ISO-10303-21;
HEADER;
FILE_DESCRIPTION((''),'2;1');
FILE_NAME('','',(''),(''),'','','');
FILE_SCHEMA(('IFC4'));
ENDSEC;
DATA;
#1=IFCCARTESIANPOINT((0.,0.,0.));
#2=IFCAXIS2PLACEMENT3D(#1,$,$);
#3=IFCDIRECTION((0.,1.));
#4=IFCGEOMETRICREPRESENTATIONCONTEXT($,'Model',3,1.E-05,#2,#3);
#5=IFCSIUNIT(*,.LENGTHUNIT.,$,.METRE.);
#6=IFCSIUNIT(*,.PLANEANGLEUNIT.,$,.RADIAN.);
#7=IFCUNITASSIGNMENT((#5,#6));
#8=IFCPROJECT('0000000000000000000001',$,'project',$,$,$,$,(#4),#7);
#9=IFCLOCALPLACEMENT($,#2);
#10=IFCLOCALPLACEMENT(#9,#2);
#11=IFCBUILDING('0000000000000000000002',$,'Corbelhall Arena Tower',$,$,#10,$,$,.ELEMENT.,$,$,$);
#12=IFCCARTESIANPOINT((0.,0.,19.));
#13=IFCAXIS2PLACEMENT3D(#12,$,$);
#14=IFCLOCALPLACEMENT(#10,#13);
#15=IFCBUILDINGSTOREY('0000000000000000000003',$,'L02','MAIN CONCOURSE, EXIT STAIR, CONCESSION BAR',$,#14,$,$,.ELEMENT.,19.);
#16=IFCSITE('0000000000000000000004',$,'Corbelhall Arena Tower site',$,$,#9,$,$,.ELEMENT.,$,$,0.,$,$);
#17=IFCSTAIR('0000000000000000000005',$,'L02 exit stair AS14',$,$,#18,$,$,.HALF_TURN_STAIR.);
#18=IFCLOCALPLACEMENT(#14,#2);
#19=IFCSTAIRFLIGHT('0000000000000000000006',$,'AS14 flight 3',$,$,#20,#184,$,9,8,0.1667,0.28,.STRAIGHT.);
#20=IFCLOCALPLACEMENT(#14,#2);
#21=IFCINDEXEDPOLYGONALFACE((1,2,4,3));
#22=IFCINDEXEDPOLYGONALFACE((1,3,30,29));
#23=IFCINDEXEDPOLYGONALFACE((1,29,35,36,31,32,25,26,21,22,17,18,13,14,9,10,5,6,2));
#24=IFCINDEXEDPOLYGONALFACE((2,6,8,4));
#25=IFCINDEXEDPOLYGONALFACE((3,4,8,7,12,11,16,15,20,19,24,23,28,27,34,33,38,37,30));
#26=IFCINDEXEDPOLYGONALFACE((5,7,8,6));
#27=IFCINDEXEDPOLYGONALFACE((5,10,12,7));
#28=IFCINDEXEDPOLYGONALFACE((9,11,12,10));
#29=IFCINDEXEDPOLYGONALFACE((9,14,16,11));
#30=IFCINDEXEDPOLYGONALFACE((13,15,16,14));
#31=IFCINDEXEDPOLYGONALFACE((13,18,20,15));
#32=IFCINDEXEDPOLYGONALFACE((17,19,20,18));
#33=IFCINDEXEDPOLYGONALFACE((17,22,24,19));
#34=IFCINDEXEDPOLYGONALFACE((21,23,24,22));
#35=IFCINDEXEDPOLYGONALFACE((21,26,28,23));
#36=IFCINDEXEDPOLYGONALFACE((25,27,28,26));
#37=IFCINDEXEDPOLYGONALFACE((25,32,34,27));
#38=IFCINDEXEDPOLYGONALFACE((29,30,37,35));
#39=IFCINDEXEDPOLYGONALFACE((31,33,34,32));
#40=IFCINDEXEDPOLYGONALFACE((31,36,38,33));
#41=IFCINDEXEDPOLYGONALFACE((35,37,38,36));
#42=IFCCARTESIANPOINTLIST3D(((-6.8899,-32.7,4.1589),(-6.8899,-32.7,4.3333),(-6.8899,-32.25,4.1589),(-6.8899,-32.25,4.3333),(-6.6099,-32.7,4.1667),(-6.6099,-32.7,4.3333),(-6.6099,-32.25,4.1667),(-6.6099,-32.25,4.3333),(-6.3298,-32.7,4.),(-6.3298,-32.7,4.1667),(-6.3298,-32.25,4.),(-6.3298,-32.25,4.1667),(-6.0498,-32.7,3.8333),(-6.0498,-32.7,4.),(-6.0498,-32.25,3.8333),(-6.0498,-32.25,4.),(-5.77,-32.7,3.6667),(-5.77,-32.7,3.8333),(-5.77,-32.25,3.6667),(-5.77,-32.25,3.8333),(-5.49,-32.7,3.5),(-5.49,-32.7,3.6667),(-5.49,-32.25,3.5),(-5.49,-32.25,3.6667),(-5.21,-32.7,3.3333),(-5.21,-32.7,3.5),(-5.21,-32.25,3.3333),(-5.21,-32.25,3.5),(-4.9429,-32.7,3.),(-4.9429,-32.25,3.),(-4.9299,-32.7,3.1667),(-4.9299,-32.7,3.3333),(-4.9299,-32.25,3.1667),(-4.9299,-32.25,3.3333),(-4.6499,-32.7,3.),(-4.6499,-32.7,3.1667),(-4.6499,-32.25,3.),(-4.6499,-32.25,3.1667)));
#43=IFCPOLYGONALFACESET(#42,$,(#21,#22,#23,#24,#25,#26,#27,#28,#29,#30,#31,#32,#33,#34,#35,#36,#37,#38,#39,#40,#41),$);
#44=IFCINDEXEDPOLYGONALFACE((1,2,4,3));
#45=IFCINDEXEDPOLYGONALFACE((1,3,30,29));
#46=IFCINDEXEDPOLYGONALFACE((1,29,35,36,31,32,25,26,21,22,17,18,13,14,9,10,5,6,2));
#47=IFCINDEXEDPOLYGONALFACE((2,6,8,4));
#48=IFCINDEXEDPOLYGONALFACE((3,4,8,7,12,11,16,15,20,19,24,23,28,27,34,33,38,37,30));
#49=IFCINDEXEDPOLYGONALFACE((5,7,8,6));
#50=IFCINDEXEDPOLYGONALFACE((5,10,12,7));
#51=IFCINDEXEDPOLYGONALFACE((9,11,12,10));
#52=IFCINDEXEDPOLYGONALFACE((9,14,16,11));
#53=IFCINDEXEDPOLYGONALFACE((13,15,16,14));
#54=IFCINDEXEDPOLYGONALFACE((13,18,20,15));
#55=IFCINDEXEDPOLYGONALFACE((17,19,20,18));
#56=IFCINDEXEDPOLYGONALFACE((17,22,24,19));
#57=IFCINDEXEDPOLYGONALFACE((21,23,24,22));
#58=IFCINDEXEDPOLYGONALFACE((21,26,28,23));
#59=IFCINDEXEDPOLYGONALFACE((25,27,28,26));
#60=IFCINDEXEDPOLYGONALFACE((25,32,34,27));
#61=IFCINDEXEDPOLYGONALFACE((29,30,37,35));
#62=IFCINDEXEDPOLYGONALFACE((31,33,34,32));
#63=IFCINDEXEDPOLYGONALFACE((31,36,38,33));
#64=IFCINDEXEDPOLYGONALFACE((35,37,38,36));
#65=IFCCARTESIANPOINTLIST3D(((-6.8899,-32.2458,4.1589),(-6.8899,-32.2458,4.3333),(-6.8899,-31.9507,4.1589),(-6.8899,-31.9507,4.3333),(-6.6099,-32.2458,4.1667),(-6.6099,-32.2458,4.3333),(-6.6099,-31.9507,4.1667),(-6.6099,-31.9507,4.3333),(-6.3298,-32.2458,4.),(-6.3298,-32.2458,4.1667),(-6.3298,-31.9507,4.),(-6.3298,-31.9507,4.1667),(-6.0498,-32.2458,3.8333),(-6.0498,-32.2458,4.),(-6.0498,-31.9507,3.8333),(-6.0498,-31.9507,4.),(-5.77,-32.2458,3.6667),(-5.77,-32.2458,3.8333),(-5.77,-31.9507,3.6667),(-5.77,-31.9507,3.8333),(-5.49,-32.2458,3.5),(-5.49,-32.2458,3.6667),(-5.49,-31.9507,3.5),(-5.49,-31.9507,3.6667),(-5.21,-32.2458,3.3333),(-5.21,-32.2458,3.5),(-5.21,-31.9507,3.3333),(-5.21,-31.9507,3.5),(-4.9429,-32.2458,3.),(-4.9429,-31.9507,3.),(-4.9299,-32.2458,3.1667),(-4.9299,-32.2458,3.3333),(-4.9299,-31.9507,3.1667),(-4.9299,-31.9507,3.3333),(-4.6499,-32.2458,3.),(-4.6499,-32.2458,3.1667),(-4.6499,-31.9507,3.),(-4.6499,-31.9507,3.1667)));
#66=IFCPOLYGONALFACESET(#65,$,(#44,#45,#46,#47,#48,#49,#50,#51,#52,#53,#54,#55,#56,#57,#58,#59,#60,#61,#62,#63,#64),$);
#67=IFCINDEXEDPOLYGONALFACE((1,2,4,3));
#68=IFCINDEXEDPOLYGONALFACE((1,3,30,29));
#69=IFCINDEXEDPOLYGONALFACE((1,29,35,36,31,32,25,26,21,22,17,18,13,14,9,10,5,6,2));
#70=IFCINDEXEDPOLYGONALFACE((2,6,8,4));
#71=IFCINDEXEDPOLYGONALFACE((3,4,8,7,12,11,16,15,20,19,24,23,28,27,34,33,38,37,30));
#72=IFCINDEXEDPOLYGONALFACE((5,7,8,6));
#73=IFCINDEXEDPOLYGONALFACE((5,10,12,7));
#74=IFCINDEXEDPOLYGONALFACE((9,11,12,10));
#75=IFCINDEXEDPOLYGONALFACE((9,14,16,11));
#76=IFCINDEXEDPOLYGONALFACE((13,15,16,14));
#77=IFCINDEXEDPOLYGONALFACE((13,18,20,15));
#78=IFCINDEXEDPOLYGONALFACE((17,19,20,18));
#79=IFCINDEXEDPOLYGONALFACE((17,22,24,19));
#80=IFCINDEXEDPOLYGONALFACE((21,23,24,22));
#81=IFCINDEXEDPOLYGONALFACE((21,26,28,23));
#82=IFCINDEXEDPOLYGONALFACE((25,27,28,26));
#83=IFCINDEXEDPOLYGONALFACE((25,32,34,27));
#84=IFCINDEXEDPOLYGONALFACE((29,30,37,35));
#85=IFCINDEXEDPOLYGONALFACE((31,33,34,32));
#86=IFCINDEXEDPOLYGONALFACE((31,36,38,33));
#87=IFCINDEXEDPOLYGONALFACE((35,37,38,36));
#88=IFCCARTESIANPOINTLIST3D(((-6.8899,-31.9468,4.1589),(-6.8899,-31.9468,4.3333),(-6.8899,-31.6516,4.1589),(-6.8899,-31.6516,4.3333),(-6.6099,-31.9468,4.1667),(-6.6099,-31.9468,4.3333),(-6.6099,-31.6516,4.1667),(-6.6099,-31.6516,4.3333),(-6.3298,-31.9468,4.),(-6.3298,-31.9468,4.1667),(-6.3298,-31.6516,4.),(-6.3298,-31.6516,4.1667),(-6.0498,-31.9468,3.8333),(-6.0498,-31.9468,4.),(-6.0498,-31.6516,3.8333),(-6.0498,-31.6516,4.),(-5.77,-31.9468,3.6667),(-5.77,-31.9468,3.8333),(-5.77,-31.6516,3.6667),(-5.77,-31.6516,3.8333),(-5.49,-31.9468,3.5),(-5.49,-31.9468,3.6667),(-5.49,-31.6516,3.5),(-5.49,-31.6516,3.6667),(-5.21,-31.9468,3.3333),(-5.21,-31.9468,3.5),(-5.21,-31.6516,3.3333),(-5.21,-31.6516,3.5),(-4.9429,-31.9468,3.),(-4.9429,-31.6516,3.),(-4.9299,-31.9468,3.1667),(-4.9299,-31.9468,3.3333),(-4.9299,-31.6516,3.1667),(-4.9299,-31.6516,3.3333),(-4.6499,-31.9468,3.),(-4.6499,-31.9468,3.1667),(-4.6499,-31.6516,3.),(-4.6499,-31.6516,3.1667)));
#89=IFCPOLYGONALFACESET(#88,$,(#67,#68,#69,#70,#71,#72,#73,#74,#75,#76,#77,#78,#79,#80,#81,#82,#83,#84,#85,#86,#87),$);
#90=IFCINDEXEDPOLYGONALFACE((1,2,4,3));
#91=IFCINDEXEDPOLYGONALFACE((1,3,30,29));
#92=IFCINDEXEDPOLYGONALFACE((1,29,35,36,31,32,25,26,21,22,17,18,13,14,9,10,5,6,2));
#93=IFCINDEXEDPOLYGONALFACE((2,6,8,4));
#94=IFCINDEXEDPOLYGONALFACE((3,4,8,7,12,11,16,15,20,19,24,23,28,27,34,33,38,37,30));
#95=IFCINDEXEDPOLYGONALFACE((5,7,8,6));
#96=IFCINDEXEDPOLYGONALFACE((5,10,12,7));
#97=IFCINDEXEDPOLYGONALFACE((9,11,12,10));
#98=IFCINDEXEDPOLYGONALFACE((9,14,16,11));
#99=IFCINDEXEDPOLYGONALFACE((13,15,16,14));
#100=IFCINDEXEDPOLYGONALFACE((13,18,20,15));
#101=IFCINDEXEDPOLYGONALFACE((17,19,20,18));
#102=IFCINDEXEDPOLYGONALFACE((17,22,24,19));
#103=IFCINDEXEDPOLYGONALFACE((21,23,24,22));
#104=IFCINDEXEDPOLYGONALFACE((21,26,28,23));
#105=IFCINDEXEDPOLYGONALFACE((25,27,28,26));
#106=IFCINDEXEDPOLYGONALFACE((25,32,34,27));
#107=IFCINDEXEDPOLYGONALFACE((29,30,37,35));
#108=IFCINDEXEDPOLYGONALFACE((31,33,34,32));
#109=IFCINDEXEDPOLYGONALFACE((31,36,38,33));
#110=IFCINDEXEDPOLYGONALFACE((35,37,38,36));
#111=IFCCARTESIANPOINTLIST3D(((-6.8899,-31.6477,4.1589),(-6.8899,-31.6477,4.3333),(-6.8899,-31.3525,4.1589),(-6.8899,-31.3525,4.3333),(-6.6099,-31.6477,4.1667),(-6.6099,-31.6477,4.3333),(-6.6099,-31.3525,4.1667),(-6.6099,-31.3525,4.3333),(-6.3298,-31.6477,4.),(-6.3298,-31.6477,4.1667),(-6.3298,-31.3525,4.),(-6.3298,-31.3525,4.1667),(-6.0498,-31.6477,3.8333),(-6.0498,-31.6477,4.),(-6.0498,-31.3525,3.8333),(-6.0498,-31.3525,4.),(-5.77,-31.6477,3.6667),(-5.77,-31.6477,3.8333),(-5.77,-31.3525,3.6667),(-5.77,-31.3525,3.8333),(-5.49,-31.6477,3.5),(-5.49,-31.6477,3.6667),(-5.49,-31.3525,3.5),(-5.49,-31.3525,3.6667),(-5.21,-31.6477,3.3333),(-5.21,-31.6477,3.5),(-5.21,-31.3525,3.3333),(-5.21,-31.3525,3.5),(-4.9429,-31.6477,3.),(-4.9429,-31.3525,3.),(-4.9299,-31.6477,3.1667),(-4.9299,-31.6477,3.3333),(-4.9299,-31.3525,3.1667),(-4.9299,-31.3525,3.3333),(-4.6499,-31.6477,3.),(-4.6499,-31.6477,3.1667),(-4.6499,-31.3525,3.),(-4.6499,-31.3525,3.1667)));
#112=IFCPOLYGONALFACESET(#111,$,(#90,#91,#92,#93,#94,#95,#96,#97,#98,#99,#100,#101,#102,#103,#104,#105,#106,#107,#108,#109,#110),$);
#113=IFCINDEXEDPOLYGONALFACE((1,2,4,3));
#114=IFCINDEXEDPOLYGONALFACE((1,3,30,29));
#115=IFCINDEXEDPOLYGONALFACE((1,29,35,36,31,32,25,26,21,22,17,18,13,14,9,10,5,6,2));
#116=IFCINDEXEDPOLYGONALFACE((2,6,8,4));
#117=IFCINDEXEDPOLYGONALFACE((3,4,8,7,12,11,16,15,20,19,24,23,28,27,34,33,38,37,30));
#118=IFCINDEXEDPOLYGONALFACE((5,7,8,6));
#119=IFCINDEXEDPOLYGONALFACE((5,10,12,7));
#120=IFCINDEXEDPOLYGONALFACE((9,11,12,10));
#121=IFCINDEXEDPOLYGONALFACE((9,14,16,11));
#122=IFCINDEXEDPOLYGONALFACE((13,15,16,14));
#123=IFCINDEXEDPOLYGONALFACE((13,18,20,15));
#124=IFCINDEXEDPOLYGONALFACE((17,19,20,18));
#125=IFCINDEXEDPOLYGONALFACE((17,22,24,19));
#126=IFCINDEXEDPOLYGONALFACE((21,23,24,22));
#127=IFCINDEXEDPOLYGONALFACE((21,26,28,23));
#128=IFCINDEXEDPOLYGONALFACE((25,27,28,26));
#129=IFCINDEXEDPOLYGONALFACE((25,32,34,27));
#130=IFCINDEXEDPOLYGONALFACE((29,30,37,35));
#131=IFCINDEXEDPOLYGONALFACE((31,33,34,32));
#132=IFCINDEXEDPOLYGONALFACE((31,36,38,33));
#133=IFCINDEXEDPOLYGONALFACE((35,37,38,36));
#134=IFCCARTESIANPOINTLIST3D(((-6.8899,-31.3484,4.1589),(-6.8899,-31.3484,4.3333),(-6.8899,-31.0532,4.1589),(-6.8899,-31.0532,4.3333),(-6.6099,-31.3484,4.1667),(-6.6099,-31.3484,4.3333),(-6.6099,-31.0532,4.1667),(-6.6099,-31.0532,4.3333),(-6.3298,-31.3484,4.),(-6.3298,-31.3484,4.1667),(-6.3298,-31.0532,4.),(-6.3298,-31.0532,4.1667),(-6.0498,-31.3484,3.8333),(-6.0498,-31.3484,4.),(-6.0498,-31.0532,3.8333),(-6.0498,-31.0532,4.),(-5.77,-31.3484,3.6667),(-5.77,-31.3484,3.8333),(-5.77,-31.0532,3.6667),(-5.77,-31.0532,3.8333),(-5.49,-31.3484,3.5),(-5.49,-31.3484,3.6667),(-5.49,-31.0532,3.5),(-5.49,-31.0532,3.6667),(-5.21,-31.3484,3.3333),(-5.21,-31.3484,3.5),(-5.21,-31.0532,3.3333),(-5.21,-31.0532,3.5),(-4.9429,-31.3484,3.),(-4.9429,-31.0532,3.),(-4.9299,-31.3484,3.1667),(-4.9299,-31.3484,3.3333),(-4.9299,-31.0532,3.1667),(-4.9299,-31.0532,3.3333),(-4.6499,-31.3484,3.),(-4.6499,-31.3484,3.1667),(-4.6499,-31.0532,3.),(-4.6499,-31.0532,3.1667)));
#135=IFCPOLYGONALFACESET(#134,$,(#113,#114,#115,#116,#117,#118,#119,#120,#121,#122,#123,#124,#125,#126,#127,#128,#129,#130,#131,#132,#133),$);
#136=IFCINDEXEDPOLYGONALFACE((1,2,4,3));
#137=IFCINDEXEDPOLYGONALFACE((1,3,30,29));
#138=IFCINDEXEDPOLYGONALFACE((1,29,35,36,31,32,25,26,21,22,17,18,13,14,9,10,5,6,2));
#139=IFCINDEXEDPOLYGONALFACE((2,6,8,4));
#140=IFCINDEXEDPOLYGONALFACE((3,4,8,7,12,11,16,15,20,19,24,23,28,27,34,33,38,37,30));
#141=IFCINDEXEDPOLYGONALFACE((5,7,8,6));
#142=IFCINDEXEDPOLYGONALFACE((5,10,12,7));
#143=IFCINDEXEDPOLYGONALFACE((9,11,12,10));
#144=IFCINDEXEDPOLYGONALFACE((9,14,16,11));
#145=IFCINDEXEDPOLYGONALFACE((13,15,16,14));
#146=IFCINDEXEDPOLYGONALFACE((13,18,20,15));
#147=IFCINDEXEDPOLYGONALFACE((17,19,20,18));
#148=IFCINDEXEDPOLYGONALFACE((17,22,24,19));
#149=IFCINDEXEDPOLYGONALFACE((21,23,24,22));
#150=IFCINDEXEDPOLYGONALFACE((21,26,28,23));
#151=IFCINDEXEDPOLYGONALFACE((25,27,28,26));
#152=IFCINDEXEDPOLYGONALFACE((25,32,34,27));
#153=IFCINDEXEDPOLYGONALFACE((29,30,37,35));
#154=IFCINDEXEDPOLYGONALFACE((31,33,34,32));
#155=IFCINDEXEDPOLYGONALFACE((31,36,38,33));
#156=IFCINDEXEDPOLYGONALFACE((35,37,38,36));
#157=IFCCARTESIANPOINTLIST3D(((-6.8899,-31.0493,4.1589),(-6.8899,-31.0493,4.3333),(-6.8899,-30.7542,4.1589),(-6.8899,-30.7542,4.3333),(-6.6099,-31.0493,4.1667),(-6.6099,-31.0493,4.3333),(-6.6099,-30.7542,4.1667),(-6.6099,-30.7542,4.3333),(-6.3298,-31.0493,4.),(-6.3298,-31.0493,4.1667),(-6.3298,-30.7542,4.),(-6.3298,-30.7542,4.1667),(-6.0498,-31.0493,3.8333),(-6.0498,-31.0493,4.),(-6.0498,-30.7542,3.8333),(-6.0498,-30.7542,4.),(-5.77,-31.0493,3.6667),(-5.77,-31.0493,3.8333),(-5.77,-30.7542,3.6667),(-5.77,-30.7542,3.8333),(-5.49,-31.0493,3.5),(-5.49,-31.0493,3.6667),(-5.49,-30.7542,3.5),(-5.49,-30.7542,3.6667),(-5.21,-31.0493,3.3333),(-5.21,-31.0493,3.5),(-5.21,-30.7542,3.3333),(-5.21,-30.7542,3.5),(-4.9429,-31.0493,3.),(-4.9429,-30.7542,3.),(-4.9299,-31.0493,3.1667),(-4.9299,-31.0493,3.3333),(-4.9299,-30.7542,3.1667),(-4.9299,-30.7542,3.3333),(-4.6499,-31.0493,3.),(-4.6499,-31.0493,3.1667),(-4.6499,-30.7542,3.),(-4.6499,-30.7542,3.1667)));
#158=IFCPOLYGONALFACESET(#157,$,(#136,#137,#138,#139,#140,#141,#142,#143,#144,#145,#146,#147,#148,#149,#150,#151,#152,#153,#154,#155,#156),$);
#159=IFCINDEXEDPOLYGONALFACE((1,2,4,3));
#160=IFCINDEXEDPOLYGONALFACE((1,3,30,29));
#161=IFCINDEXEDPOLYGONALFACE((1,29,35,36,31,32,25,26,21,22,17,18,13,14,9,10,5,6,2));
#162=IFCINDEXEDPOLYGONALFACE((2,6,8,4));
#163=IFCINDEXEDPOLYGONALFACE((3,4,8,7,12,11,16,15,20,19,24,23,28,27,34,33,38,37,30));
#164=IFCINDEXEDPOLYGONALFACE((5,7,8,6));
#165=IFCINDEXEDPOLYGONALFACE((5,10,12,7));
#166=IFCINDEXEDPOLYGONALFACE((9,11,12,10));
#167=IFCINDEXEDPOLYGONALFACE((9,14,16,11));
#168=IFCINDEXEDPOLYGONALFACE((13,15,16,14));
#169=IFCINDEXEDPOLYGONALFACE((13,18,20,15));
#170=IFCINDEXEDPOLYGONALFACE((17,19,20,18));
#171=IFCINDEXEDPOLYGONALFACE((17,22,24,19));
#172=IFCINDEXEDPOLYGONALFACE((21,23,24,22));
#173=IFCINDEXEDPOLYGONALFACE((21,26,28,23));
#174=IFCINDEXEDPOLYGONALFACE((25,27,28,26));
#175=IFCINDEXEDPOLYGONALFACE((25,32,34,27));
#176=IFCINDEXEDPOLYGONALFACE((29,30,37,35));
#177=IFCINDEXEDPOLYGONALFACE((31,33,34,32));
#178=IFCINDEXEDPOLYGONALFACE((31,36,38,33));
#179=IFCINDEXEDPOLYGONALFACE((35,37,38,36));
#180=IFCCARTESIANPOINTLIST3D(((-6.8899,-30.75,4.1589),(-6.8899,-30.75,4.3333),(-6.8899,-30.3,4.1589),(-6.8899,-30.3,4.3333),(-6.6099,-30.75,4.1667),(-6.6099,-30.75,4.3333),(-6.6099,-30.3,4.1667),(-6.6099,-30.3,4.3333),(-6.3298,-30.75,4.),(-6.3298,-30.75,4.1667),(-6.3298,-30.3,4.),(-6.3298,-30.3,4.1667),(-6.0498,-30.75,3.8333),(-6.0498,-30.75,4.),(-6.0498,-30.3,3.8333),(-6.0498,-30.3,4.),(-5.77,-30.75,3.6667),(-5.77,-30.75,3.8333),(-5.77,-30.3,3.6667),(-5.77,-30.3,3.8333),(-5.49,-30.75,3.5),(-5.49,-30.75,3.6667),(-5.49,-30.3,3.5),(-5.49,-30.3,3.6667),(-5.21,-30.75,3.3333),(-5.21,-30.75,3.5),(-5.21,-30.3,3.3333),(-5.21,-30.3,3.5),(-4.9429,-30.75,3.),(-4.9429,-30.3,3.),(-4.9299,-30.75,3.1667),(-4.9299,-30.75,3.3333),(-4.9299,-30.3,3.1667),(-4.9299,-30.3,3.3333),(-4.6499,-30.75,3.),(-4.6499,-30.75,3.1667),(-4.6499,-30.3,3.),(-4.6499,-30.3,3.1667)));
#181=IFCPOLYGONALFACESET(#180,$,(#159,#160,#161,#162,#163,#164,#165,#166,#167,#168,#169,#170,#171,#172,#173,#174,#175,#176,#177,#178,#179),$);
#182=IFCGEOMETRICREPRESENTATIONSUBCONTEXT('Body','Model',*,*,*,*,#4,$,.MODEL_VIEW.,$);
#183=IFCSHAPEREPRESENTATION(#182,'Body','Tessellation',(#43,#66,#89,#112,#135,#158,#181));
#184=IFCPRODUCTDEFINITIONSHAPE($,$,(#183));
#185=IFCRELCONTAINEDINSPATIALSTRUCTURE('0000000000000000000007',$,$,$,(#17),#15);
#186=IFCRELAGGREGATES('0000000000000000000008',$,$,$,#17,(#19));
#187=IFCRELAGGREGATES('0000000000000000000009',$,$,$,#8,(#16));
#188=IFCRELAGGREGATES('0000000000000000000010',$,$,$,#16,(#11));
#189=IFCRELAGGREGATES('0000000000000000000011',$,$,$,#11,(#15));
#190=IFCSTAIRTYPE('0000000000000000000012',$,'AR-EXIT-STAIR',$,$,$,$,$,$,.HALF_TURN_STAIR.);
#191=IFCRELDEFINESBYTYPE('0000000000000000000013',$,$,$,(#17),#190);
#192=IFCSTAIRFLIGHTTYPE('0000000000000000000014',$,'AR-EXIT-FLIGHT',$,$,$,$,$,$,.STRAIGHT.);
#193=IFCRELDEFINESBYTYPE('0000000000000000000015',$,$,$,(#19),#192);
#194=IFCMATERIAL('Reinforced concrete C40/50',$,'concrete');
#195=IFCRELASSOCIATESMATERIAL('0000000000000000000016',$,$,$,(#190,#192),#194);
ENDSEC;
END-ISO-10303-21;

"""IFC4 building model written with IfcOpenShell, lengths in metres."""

from ifc_helpers import new_model, si_unit, direction, frame, origin, place, context, subcontext, project, spatial, polyline, outline, extrude, material, type_object, element, aggregate, save


model = new_model("IFC4")

# Units and contexts
model_context = context("Model", 3, precision=1e-05, world=origin(), true_north=direction((0.0, 1.0)))
body_context = subcontext(model_context, "Body", "Model", "MODEL_VIEW")
ifc_project = project(units=[si_unit("LENGTHUNIT", "METRE"), si_unit("PLANEANGLEUNIT", "RADIAN")], contexts=[model_context])

# Site, building, storey
site_placement = place(None, origin())
site = spatial("IfcSite", under=ifc_project, at=site_placement, Name="Corbelhall Arena Tower site", CompositionType="ELEMENT", RefElevation=0.0)
building_placement = place(site_placement, origin())
building = spatial("IfcBuilding", under=site, at=building_placement, Name="Corbelhall Arena Tower", CompositionType="ELEMENT")
storey_placement = place(building_placement, frame((0.0, 0.0, 19.0)))
storey = spatial("IfcBuildingStorey", under=building, at=storey_placement, Name="L02", Description="MAIN CONCOURSE, EXIT STAIR, CONCESSION BAR", CompositionType="ELEMENT", Elevation=19.0)

# Shared definitions
ifc_material_1 = material(Name="Reinforced concrete C40/50", Category="concrete")

# Stair, stair flight
stair_type = type_object("IfcStairType", Name="AR-EXIT-STAIR", PredefinedType="HALF_TURN_STAIR", material=ifc_material_1)
stair_flight_type = type_object("IfcStairFlightType", Name="AR-EXIT-FLIGHT", PredefinedType="STRAIGHT", material=ifc_material_1)
stair_1_placement = place(storey_placement, origin())
stair_1 = element("IfcStair", 1, at=stair_1_placement, inside=storey, type_object=stair_type, Name="L02 exit stair AS14", PredefinedType="HALF_TURN_STAIR")
stair_flight_1_placement = place(storey_placement, frame((-4.6499, -31.5, 3.0), z_axis=(0.0, 0.0, 1.0), x_axis=(-1.0, 0.0, 0.0)))
stair_flight_1 = element("IfcStairFlight", 2, at=stair_flight_1_placement, type_object=stair_flight_type, Name="AS14 flight 3", NumberOfRisers=9, NumberOfTreads=8, PredefinedType="STRAIGHT", RiserHeight=0.1667, TreadLength=0.28, context=body_context, shape_type="SweptSolid", body=[
    extrude(outline(polyline([(0.0, 0.0), (0.0, 0.1667), (0.28, 0.1667), (0.28, 0.3333), (0.5601, 0.3333), (0.5601, 0.5), (0.8401, 0.5), (0.8401, 0.6667), (1.1201, 0.6667), (1.1201, 0.8333), (1.3999, 0.8333), (1.3999, 1.0), (1.6799, 1.0), (1.6799, 1.1667), (1.96, 1.1667), (1.96, 1.3333), (2.24, 1.3333), (2.24, 1.5), (2.24, 1.1589), (0.293, 0.0), (0.0, 0.0)])), frame((0.0, 1.2, 0.0), z_axis=(0.0, -1.0, 0.0), x_axis=(1.0, 0.0, 0.0)), (0.0, 0.0, 1.0), 0.45),
    extrude(outline(polyline([(0.0, 0.0), (0.0, 0.1667), (0.28, 0.1667), (0.28, 0.3333), (0.5601, 0.3333), (0.5601, 0.5), (0.8401, 0.5), (0.8401, 0.6667), (1.1201, 0.6667), (1.1201, 0.8333), (1.3999, 0.8333), (1.3999, 1.0), (1.6799, 1.0), (1.6799, 1.1667), (1.96, 1.1667), (1.96, 1.3333), (2.24, 1.3333), (2.24, 1.5), (2.24, 1.1589), (0.293, 0.0), (0.0, 0.0)])), frame((0.0, 0.7458, 0.0), z_axis=(0.0, -1.0, 0.0), x_axis=(1.0, 0.0, 0.0)), (0.0, 0.0, 1.0), 0.2952),
    extrude(outline(polyline([(0.0, 0.0), (0.0, 0.1667), (0.28, 0.1667), (0.28, 0.3333), (0.5601, 0.3333), (0.5601, 0.5), (0.8401, 0.5), (0.8401, 0.6667), (1.1201, 0.6667), (1.1201, 0.8333), (1.3999, 0.8333), (1.3999, 1.0), (1.6799, 1.0), (1.6799, 1.1667), (1.96, 1.1667), (1.96, 1.3333), (2.24, 1.3333), (2.24, 1.5), (2.24, 1.1589), (0.293, 0.0), (0.0, 0.0)])), frame((0.0, 0.4468, 0.0), z_axis=(0.0, -1.0, 0.0), x_axis=(1.0, 0.0, 0.0)), (0.0, 0.0, 1.0), 0.2952),
    extrude(outline(polyline([(0.0, 0.0), (0.0, 0.1667), (0.28, 0.1667), (0.28, 0.3333), (0.5601, 0.3333), (0.5601, 0.5), (0.8401, 0.5), (0.8401, 0.6667), (1.1201, 0.6667), (1.1201, 0.8333), (1.3999, 0.8333), (1.3999, 1.0), (1.6799, 1.0), (1.6799, 1.1667), (1.96, 1.1667), (1.96, 1.3333), (2.24, 1.3333), (2.24, 1.5), (2.24, 1.1589), (0.293, 0.0), (0.0, 0.0)])), frame((0.0, 0.1477, 0.0), z_axis=(0.0, -1.0, 0.0), x_axis=(1.0, 0.0, 0.0)), (0.0, 0.0, 1.0), 0.2952),
    extrude(outline(polyline([(0.0, 0.0), (0.0, 0.1667), (0.28, 0.1667), (0.28, 0.3333), (0.5601, 0.3333), (0.5601, 0.5), (0.8401, 0.5), (0.8401, 0.6667), (1.1201, 0.6667), (1.1201, 0.8333), (1.3999, 0.8333), (1.3999, 1.0), (1.6799, 1.0), (1.6799, 1.1667), (1.96, 1.1667), (1.96, 1.3333), (2.24, 1.3333), (2.24, 1.5), (2.24, 1.1589), (0.293, 0.0), (0.0, 0.0)])), frame((0.0, -0.1516, 0.0), z_axis=(0.0, -1.0, 0.0), x_axis=(1.0, 0.0, 0.0)), (0.0, 0.0, 1.0), 0.2952),
    extrude(outline(polyline([(0.0, 0.0), (0.0, 0.1667), (0.28, 0.1667), (0.28, 0.3333), (0.5601, 0.3333), (0.5601, 0.5), (0.8401, 0.5), (0.8401, 0.6667), (1.1201, 0.6667), (1.1201, 0.8333), (1.3999, 0.8333), (1.3999, 1.0), (1.6799, 1.0), (1.6799, 1.1667), (1.96, 1.1667), (1.96, 1.3333), (2.24, 1.3333), (2.24, 1.5), (2.24, 1.1589), (0.293, 0.0), (0.0, 0.0)])), frame((0.0, -0.4507, 0.0), z_axis=(0.0, -1.0, 0.0), x_axis=(1.0, 0.0, 0.0)), (0.0, 0.0, 1.0), 0.2952),
    extrude(outline(polyline([(0.0, 0.0), (0.0, 0.1667), (0.28, 0.1667), (0.28, 0.3333), (0.5601, 0.3333), (0.5601, 0.5), (0.8401, 0.5), (0.8401, 0.6667), (1.1201, 0.6667), (1.1201, 0.8333), (1.3999, 0.8333), (1.3999, 1.0), (1.6799, 1.0), (1.6799, 1.1667), (1.96, 1.1667), (1.96, 1.3333), (2.24, 1.3333), (2.24, 1.5), (2.24, 1.1589), (0.293, 0.0), (0.0, 0.0)])), frame((0.0, -0.75, 0.0), z_axis=(0.0, -1.0, 0.0), x_axis=(1.0, 0.0, 0.0)), (0.0, 0.0, 1.0), 0.45),
])
aggregate(stair_1, [stair_flight_1])

save(model, "model.ifc")
